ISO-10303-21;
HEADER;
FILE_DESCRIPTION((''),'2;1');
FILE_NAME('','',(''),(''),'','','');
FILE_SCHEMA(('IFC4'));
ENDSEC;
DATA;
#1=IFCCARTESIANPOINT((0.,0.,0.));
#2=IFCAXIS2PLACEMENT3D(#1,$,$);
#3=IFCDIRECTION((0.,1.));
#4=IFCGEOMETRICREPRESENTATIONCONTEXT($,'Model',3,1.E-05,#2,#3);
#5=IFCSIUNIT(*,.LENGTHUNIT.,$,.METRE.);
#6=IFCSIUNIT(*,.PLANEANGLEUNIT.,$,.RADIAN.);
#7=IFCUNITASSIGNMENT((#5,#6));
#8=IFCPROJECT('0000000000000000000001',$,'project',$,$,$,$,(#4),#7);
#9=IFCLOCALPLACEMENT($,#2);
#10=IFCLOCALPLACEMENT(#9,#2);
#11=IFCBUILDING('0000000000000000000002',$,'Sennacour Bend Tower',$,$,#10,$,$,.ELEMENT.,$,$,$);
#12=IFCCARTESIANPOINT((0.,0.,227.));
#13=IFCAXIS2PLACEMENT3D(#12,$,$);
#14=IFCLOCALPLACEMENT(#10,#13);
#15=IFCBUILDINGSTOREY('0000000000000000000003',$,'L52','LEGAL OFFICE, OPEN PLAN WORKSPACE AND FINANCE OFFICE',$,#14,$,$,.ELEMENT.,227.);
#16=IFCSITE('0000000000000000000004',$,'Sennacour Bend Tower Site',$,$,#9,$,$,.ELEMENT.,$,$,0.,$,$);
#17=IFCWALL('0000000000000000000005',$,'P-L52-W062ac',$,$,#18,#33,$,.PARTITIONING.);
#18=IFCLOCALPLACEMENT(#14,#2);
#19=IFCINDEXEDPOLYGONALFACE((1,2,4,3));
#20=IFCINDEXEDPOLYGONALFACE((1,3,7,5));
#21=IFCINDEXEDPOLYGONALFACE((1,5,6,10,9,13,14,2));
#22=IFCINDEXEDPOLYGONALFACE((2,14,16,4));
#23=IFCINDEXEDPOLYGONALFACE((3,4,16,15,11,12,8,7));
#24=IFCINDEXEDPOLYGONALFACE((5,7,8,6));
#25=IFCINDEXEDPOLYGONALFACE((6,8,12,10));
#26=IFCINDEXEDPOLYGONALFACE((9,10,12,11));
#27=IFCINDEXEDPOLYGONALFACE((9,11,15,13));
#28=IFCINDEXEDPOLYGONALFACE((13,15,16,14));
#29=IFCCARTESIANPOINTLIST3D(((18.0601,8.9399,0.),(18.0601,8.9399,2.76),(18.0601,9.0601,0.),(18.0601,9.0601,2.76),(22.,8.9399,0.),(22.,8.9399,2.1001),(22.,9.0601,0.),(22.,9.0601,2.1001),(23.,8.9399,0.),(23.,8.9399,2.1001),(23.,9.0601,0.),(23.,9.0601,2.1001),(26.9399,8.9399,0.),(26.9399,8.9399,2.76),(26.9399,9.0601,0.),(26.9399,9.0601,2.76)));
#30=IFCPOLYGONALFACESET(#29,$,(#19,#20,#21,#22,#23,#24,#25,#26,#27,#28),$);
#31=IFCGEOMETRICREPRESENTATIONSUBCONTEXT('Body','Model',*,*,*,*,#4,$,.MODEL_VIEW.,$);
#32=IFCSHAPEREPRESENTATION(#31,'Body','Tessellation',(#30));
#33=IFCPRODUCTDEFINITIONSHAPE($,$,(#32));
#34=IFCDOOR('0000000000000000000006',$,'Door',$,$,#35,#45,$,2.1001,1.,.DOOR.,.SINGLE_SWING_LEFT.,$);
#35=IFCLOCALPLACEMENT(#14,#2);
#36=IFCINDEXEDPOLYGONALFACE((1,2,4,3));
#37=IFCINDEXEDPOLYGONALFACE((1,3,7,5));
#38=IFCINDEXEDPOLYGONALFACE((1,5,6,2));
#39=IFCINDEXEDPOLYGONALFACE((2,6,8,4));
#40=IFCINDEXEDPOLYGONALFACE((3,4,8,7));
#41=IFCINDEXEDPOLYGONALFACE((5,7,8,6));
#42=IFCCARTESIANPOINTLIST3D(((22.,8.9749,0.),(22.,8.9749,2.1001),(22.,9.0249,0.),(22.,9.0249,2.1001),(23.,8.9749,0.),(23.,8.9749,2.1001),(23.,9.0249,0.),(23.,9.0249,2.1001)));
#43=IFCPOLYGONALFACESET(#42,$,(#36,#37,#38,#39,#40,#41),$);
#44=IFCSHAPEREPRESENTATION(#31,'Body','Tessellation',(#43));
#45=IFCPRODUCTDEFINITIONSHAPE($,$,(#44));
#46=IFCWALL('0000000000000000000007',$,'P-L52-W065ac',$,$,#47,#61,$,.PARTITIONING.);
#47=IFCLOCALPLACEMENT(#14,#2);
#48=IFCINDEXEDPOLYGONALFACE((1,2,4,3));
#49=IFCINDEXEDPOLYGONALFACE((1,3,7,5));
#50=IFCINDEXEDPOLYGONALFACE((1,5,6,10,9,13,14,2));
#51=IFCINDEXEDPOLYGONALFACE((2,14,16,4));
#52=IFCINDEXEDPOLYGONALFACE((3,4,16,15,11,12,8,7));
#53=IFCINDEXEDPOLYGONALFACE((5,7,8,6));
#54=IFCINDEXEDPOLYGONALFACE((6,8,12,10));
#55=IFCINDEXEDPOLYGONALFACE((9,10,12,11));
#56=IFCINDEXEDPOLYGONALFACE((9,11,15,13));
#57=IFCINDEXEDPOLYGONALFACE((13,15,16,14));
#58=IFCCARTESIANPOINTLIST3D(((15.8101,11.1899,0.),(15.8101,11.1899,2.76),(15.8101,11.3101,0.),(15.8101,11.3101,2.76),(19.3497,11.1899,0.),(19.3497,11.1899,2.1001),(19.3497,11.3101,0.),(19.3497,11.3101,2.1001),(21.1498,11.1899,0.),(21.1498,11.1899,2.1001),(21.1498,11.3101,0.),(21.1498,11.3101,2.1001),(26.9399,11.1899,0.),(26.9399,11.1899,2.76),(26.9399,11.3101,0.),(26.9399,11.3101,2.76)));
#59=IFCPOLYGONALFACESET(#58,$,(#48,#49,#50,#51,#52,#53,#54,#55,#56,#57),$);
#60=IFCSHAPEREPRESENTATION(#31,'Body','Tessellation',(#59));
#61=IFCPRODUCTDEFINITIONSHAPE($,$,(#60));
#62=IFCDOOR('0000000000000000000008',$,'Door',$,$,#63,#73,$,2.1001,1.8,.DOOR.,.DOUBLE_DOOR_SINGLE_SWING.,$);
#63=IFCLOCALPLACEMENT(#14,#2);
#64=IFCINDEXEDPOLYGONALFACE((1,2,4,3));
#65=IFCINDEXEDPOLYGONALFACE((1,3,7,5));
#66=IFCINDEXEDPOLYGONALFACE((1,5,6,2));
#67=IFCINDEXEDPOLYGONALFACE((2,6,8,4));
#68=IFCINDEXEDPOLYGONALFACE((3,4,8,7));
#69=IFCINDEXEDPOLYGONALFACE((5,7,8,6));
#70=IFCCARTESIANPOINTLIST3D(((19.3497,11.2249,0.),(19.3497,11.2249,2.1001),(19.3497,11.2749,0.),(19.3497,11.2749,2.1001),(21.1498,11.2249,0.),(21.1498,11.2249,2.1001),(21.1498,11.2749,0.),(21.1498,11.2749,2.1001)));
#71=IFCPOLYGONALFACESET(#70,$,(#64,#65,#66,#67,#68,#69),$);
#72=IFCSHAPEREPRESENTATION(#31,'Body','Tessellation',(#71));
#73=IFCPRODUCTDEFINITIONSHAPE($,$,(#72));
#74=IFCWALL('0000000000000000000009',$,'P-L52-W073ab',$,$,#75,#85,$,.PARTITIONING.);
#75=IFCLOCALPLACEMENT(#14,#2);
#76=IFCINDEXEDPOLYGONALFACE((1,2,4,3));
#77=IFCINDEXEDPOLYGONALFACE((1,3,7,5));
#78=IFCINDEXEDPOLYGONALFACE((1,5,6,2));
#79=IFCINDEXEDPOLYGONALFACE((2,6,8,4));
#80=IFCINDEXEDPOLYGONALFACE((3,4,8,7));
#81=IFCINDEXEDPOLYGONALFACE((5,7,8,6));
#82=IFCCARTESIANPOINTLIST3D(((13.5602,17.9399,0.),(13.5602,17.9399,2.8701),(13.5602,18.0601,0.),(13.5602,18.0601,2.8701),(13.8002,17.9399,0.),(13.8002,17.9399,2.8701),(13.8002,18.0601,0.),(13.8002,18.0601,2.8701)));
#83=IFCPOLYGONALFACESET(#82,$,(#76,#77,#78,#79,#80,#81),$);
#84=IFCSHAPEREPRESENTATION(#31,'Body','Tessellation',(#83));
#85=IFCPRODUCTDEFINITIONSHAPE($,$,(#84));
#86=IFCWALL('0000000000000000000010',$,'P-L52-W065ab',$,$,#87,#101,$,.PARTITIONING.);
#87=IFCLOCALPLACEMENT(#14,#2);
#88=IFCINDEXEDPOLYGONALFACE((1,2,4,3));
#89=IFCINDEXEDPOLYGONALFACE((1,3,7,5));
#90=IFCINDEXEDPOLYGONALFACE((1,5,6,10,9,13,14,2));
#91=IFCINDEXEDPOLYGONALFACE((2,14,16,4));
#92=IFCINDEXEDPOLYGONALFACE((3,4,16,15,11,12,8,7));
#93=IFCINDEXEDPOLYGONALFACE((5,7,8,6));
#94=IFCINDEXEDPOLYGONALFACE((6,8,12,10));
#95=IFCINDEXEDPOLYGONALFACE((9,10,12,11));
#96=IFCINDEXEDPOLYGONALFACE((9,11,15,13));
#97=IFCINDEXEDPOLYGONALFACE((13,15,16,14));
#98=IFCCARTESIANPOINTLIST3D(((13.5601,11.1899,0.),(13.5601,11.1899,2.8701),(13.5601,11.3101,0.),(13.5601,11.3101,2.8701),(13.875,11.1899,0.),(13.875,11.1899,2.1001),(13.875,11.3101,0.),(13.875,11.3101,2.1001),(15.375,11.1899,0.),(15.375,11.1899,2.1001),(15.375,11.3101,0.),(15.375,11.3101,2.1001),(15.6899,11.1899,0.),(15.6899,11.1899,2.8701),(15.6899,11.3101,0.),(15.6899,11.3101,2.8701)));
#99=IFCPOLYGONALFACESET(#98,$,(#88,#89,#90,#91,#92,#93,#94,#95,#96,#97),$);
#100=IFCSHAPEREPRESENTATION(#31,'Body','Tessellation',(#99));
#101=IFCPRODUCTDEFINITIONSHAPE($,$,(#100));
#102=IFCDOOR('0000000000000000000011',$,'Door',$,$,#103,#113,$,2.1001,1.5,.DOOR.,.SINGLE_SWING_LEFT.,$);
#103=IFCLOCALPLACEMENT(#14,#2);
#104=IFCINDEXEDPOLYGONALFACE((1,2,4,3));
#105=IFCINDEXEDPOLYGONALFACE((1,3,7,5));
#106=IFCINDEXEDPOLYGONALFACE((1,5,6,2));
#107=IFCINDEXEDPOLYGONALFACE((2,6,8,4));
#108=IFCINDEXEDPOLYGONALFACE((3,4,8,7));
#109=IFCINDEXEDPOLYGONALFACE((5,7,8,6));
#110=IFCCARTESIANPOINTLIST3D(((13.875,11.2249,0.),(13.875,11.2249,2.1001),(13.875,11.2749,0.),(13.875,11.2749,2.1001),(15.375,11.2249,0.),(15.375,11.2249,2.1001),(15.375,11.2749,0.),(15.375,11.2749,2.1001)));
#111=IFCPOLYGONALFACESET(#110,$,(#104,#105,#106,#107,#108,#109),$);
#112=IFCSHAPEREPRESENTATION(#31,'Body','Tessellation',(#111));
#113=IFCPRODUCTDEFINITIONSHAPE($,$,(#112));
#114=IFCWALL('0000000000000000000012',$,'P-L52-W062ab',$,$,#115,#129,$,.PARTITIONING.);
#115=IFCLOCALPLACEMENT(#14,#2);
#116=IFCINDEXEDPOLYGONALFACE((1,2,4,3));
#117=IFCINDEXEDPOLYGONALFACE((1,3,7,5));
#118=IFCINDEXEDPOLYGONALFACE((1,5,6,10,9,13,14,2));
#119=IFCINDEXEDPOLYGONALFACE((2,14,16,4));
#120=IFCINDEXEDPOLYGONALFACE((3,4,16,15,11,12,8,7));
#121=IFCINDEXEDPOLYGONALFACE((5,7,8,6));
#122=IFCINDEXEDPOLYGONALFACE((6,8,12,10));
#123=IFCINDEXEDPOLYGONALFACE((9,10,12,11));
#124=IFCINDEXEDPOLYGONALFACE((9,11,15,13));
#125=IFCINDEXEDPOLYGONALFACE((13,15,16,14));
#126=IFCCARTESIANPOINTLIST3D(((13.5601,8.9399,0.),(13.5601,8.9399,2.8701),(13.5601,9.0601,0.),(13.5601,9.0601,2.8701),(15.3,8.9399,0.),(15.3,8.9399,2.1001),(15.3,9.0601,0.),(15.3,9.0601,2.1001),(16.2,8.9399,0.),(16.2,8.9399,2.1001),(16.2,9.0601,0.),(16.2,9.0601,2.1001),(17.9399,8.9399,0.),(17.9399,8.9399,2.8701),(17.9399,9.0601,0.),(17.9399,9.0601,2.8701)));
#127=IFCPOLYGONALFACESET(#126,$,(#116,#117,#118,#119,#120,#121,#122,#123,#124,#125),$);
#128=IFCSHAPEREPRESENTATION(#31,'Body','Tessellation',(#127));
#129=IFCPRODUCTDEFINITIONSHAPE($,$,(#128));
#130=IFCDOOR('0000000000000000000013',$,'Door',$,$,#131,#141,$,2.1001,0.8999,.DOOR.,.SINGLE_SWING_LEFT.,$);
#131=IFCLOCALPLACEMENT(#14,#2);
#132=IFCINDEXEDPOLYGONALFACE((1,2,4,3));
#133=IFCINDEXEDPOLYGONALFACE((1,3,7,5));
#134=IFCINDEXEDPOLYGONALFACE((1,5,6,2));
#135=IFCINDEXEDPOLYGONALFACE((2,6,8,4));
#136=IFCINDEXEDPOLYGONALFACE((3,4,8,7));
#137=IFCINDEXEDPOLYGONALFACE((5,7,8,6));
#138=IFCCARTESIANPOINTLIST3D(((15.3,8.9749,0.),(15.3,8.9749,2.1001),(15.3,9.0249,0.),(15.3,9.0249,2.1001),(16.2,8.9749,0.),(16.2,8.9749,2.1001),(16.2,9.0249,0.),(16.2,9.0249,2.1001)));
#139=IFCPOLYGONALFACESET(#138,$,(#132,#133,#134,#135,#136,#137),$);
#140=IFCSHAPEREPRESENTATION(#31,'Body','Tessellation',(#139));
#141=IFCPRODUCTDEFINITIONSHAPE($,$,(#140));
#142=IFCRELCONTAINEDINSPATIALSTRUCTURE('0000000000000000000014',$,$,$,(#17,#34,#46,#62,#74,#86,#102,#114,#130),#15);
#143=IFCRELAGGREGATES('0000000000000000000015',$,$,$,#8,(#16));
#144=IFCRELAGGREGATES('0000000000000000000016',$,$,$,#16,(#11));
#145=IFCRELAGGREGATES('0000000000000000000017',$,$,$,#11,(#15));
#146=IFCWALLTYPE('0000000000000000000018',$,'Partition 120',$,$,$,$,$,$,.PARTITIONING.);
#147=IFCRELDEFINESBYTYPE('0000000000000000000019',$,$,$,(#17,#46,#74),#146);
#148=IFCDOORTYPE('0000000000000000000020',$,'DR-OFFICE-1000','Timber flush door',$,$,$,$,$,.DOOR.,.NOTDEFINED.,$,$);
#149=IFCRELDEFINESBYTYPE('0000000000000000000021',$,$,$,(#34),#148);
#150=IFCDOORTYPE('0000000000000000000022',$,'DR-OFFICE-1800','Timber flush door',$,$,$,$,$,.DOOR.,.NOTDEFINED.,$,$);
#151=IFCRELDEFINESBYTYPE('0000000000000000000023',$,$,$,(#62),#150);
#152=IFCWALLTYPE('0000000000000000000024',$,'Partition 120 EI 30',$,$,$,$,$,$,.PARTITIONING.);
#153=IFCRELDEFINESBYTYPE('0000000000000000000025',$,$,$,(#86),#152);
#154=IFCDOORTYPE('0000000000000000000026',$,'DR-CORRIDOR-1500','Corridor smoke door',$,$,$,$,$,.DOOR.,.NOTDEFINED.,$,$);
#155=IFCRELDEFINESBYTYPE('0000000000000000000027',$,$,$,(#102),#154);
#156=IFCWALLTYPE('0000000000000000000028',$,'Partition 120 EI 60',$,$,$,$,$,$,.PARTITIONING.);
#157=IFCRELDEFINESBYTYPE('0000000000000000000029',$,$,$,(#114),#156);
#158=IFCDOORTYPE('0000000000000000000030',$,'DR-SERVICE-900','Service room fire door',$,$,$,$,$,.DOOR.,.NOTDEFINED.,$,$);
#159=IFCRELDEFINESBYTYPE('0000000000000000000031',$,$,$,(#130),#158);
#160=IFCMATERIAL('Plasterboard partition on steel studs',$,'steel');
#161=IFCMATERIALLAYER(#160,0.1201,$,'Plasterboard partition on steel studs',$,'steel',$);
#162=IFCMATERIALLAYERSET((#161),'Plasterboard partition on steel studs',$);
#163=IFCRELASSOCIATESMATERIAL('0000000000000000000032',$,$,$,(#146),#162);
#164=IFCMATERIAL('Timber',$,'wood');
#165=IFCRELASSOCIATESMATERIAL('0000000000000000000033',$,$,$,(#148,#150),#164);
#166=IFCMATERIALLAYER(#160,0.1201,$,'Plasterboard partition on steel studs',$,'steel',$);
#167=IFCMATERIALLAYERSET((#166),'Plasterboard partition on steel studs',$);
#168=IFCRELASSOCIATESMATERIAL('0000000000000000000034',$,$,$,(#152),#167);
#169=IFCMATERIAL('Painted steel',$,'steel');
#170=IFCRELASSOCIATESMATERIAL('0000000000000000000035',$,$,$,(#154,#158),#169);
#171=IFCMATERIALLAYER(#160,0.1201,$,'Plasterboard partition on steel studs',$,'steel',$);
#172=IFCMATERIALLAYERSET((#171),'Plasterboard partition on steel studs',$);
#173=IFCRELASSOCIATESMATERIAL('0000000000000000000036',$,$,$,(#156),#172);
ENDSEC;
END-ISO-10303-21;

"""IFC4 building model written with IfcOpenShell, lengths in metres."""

from ifc_helpers import new_model, si_unit, direction, frame, frame_2d, origin, place, context, subcontext, project, spatial, rectangle, extrude, material, layer, layer_set, type_object, element, fill, save


model = new_model("IFC4")

# Units and contexts
model_context = context("Model", 3, precision=1e-05, world=origin(), true_north=direction((0.0, 1.0)))
body_context = subcontext(model_context, "Body", "Model", "MODEL_VIEW")
ifc_project = project(units=[si_unit("LENGTHUNIT", "METRE"), si_unit("PLANEANGLEUNIT", "RADIAN")], contexts=[model_context])

# Site, building, storey
site_placement = place(None, origin())
site = spatial("IfcSite", under=ifc_project, at=site_placement, Name="Sennacour Bend Tower Site", CompositionType="ELEMENT", RefElevation=0.0)
building_placement = place(site_placement, origin())
building = spatial("IfcBuilding", under=site, at=building_placement, Name="Sennacour Bend Tower", CompositionType="ELEMENT")
storey_placement = place(building_placement, frame((0.0, 0.0, 227.0)))
storey = spatial("IfcBuildingStorey", under=building, at=storey_placement, Name="L52", Description="LEGAL OFFICE, OPEN PLAN WORKSPACE AND FINANCE OFFICE", CompositionType="ELEMENT", Elevation=227.0)

# Shared definitions
ifc_material_1 = material(Name="Plasterboard partition on steel studs", Category="steel")
ifc_layer_1 = layer(ifc_material_1, 0.1201, Name="Plasterboard partition on steel studs", Category="steel")
ifc_layer_set_1 = layer_set([ifc_layer_1], Name="Plasterboard partition on steel studs")
wall_type_1 = type_object("IfcWallType", Name="Partition 120", PredefinedType="PARTITIONING", material=ifc_layer_set_1)
ifc_material_2 = material(Name="Timber", Category="wood")
door_type_1 = type_object("IfcDoorType", Name="DR-OFFICE-1000", Description="Timber flush door", OperationType="NOTDEFINED", PredefinedType="DOOR", material=ifc_material_2)

# Walls, openings, doors
wall_1_placement = place(storey_placement, frame((18.0601, 9.0, 0.0), z_axis=(0.0, 0.0, 1.0), x_axis=(1.0, 0.0, 0.0)))
wall_1 = element("IfcWall", 1, at=wall_1_placement, inside=storey, type_object=wall_type_1, Name="P-L52-W062ac", PredefinedType="PARTITIONING", context=body_context, shape_type="SweptSolid", body=[
    extrude(rectangle(XDim=8.8799, YDim=0.1201, at=frame_2d((4.4399, 0.0))), origin(), (0.0, 0.0, 1.0), 2.76),
])
opening_1_placement = place(wall_1_placement, frame((3.9399, 0.0, 0.0)))
opening_1 = element("IfcOpeningElement", 2, at=opening_1_placement, cuts=wall_1, PredefinedType="OPENING", context=body_context, shape_type="SweptSolid", body=[
    extrude(rectangle(XDim=1.0, YDim=2.1001, at=frame_2d((0.5, 1.05))), frame((0.0, 0.0701, 0.0), z_axis=(0.0, -1.0, 0.0), x_axis=(1.0, 0.0, 0.0)), (0.0, 0.0, 1.0), 0.1401),
])
door_1_placement = place(opening_1_placement, origin())
door_1 = element("IfcDoor", 3, at=door_1_placement, inside=storey, type_object=door_type_1, Name="Door", OperationType="SINGLE_SWING_LEFT", OverallHeight=2.1001, OverallWidth=1.0, PredefinedType="DOOR", context=body_context, shape_type="SweptSolid", body=[
    extrude(rectangle(XDim=1.0, YDim=2.1001, at=frame_2d((0.5, 1.05))), frame((0.0, 0.0249, 0.0), z_axis=(0.0, -1.0, 0.0), x_axis=(1.0, 0.0, 0.0)), (0.0, 0.0, 1.0), 0.05),
])
fill(opening_1, door_1)
wall_2_placement = place(storey_placement, frame((15.8101, 11.25, 0.0), z_axis=(0.0, 0.0, 1.0), x_axis=(1.0, 0.0, 0.0)))
wall_2 = element("IfcWall", 4, at=wall_2_placement, inside=storey, type_object=wall_type_1, Name="P-L52-W065ac", PredefinedType="PARTITIONING", context=body_context, shape_type="SweptSolid", body=[
    extrude(rectangle(XDim=11.1299, YDim=0.1201, at=frame_2d((5.5649, 0.0))), origin(), (0.0, 0.0, 1.0), 2.76),
])
opening_2_placement = place(wall_2_placement, frame((3.5398, 0.0, 0.0)))
opening_2 = element("IfcOpeningElement", 5, at=opening_2_placement, cuts=wall_2, PredefinedType="OPENING", context=body_context, shape_type="SweptSolid", body=[
    extrude(rectangle(XDim=1.8, YDim=2.1001, at=frame_2d((0.8999, 1.05))), frame((0.0, 0.0701, 0.0), z_axis=(0.0, -1.0, 0.0), x_axis=(1.0, 0.0, 0.0)), (0.0, 0.0, 1.0), 0.1401),
])
door_type_2 = type_object("IfcDoorType", Name="DR-OFFICE-1800", Description="Timber flush door", OperationType="NOTDEFINED", PredefinedType="DOOR", material=ifc_material_2)
door_2_placement = place(opening_2_placement, origin())
door_2 = element("IfcDoor", 6, at=door_2_placement, inside=storey, type_object=door_type_2, Name="Door", OperationType="DOUBLE_DOOR_SINGLE_SWING", OverallHeight=2.1001, OverallWidth=1.8, PredefinedType="DOOR", context=body_context, shape_type="SweptSolid", body=[
    extrude(rectangle(XDim=1.8, YDim=2.1001, at=frame_2d((0.8999, 1.05))), frame((0.0, 0.0249, 0.0), z_axis=(0.0, -1.0, 0.0), x_axis=(1.0, 0.0, 0.0)), (0.0, 0.0, 1.0), 0.05),
])
fill(opening_2, door_2)

# Wall
wall_3_placement = place(storey_placement, frame((13.5601, 18.0, 0.0), z_axis=(0.0, 0.0, 1.0), x_axis=(1.0, 0.0, 0.0)))
element("IfcWall", 7, at=wall_3_placement, inside=storey, type_object=wall_type_1, Name="P-L52-W073ab", PredefinedType="PARTITIONING", context=body_context, shape_type="SweptSolid", body=[
    extrude(rectangle(XDim=0.24, YDim=0.1201, at=frame_2d((0.1201, 0.0))), origin(), (0.0, 0.0, 1.0), 2.8701),
])

# Walls, openings, doors
ifc_layer_2 = layer(ifc_material_1, 0.1201, Name="Plasterboard partition on steel studs", Category="steel")
ifc_layer_set_2 = layer_set([ifc_layer_2], Name="Plasterboard partition on steel studs")
wall_type_2 = type_object("IfcWallType", Name="Partition 120 EI 30", PredefinedType="PARTITIONING", material=ifc_layer_set_2)
wall_4_placement = place(storey_placement, frame((13.5601, 11.25, 0.0), z_axis=(0.0, 0.0, 1.0), x_axis=(1.0, 0.0, 0.0)))
wall_4 = element("IfcWall", 8, at=wall_4_placement, inside=storey, type_object=wall_type_2, Name="P-L52-W065ab", PredefinedType="PARTITIONING", context=body_context, shape_type="SweptSolid", body=[
    extrude(rectangle(XDim=2.1299, YDim=0.1201, at=frame_2d((1.0649, 0.0))), origin(), (0.0, 0.0, 1.0), 2.8701),
])
opening_3_placement = place(wall_4_placement, frame((0.3149, 0.0, 0.0)))
opening_3 = element("IfcOpeningElement", 9, at=opening_3_placement, cuts=wall_4, PredefinedType="OPENING", context=body_context, shape_type="SweptSolid", body=[
    extrude(rectangle(XDim=1.5, YDim=2.1001, at=frame_2d((0.75, 1.05))), frame((0.0, 0.0701, 0.0), z_axis=(0.0, -1.0, 0.0), x_axis=(1.0, 0.0, 0.0)), (0.0, 0.0, 1.0), 0.1401),
])
ifc_material_3 = material(Name="Painted steel", Category="steel")
door_type_3 = type_object("IfcDoorType", Name="DR-CORRIDOR-1500", Description="Corridor smoke door", OperationType="NOTDEFINED", PredefinedType="DOOR", material=ifc_material_3)
door_3_placement = place(opening_3_placement, origin())
door_3 = element("IfcDoor", 10, at=door_3_placement, inside=storey, type_object=door_type_3, Name="Door", OperationType="SINGLE_SWING_LEFT", OverallHeight=2.1001, OverallWidth=1.5, PredefinedType="DOOR", context=body_context, shape_type="SweptSolid", body=[
    extrude(rectangle(XDim=1.5, YDim=2.1001, at=frame_2d((0.75, 1.05))), frame((0.0, 0.0249, 0.0), z_axis=(0.0, -1.0, 0.0), x_axis=(1.0, 0.0, 0.0)), (0.0, 0.0, 1.0), 0.05),
])
fill(opening_3, door_3)
ifc_layer_3 = layer(ifc_material_1, 0.1201, Name="Plasterboard partition on steel studs", Category="steel")
ifc_layer_set_3 = layer_set([ifc_layer_3], Name="Plasterboard partition on steel studs")
wall_type_3 = type_object("IfcWallType", Name="Partition 120 EI 60", PredefinedType="PARTITIONING", material=ifc_layer_set_3)
wall_5_placement = place(storey_placement, frame((13.5601, 9.0, 0.0), z_axis=(0.0, 0.0, 1.0), x_axis=(1.0, 0.0, 0.0)))
wall_5 = element("IfcWall", 11, at=wall_5_placement, inside=storey, type_object=wall_type_3, Name="P-L52-W062ab", PredefinedType="PARTITIONING", context=body_context, shape_type="SweptSolid", body=[
    extrude(rectangle(XDim=4.3799, YDim=0.1201, at=frame_2d((2.1899, 0.0))), origin(), (0.0, 0.0, 1.0), 2.8701),
])
opening_4_placement = place(wall_5_placement, frame((1.74, 0.0, 0.0)))
opening_4 = element("IfcOpeningElement", 12, at=opening_4_placement, cuts=wall_5, PredefinedType="OPENING", context=body_context, shape_type="SweptSolid", body=[
    extrude(rectangle(XDim=0.8999, YDim=2.1001, at=frame_2d((0.45, 1.05))), frame((0.0, 0.0701, 0.0), z_axis=(0.0, -1.0, 0.0), x_axis=(1.0, 0.0, 0.0)), (0.0, 0.0, 1.0), 0.1401),
])
door_type_4 = type_object("IfcDoorType", Name="DR-SERVICE-900", Description="Service room fire door", OperationType="NOTDEFINED", PredefinedType="DOOR", material=ifc_material_3)
door_4_placement = place(opening_4_placement, origin())
door_4 = element("IfcDoor", 13, at=door_4_placement, inside=storey, type_object=door_type_4, Name="Door", OperationType="SINGLE_SWING_LEFT", OverallHeight=2.1001, OverallWidth=0.8999, PredefinedType="DOOR", context=body_context, shape_type="SweptSolid", body=[
    extrude(rectangle(XDim=0.8999, YDim=2.1001, at=frame_2d((0.45, 1.05))), frame((0.0, 0.0249, 0.0), z_axis=(0.0, -1.0, 0.0), x_axis=(1.0, 0.0, 0.0)), (0.0, 0.0, 1.0), 0.05),
])
fill(opening_4, door_4)

save(model, "model.ifc")
